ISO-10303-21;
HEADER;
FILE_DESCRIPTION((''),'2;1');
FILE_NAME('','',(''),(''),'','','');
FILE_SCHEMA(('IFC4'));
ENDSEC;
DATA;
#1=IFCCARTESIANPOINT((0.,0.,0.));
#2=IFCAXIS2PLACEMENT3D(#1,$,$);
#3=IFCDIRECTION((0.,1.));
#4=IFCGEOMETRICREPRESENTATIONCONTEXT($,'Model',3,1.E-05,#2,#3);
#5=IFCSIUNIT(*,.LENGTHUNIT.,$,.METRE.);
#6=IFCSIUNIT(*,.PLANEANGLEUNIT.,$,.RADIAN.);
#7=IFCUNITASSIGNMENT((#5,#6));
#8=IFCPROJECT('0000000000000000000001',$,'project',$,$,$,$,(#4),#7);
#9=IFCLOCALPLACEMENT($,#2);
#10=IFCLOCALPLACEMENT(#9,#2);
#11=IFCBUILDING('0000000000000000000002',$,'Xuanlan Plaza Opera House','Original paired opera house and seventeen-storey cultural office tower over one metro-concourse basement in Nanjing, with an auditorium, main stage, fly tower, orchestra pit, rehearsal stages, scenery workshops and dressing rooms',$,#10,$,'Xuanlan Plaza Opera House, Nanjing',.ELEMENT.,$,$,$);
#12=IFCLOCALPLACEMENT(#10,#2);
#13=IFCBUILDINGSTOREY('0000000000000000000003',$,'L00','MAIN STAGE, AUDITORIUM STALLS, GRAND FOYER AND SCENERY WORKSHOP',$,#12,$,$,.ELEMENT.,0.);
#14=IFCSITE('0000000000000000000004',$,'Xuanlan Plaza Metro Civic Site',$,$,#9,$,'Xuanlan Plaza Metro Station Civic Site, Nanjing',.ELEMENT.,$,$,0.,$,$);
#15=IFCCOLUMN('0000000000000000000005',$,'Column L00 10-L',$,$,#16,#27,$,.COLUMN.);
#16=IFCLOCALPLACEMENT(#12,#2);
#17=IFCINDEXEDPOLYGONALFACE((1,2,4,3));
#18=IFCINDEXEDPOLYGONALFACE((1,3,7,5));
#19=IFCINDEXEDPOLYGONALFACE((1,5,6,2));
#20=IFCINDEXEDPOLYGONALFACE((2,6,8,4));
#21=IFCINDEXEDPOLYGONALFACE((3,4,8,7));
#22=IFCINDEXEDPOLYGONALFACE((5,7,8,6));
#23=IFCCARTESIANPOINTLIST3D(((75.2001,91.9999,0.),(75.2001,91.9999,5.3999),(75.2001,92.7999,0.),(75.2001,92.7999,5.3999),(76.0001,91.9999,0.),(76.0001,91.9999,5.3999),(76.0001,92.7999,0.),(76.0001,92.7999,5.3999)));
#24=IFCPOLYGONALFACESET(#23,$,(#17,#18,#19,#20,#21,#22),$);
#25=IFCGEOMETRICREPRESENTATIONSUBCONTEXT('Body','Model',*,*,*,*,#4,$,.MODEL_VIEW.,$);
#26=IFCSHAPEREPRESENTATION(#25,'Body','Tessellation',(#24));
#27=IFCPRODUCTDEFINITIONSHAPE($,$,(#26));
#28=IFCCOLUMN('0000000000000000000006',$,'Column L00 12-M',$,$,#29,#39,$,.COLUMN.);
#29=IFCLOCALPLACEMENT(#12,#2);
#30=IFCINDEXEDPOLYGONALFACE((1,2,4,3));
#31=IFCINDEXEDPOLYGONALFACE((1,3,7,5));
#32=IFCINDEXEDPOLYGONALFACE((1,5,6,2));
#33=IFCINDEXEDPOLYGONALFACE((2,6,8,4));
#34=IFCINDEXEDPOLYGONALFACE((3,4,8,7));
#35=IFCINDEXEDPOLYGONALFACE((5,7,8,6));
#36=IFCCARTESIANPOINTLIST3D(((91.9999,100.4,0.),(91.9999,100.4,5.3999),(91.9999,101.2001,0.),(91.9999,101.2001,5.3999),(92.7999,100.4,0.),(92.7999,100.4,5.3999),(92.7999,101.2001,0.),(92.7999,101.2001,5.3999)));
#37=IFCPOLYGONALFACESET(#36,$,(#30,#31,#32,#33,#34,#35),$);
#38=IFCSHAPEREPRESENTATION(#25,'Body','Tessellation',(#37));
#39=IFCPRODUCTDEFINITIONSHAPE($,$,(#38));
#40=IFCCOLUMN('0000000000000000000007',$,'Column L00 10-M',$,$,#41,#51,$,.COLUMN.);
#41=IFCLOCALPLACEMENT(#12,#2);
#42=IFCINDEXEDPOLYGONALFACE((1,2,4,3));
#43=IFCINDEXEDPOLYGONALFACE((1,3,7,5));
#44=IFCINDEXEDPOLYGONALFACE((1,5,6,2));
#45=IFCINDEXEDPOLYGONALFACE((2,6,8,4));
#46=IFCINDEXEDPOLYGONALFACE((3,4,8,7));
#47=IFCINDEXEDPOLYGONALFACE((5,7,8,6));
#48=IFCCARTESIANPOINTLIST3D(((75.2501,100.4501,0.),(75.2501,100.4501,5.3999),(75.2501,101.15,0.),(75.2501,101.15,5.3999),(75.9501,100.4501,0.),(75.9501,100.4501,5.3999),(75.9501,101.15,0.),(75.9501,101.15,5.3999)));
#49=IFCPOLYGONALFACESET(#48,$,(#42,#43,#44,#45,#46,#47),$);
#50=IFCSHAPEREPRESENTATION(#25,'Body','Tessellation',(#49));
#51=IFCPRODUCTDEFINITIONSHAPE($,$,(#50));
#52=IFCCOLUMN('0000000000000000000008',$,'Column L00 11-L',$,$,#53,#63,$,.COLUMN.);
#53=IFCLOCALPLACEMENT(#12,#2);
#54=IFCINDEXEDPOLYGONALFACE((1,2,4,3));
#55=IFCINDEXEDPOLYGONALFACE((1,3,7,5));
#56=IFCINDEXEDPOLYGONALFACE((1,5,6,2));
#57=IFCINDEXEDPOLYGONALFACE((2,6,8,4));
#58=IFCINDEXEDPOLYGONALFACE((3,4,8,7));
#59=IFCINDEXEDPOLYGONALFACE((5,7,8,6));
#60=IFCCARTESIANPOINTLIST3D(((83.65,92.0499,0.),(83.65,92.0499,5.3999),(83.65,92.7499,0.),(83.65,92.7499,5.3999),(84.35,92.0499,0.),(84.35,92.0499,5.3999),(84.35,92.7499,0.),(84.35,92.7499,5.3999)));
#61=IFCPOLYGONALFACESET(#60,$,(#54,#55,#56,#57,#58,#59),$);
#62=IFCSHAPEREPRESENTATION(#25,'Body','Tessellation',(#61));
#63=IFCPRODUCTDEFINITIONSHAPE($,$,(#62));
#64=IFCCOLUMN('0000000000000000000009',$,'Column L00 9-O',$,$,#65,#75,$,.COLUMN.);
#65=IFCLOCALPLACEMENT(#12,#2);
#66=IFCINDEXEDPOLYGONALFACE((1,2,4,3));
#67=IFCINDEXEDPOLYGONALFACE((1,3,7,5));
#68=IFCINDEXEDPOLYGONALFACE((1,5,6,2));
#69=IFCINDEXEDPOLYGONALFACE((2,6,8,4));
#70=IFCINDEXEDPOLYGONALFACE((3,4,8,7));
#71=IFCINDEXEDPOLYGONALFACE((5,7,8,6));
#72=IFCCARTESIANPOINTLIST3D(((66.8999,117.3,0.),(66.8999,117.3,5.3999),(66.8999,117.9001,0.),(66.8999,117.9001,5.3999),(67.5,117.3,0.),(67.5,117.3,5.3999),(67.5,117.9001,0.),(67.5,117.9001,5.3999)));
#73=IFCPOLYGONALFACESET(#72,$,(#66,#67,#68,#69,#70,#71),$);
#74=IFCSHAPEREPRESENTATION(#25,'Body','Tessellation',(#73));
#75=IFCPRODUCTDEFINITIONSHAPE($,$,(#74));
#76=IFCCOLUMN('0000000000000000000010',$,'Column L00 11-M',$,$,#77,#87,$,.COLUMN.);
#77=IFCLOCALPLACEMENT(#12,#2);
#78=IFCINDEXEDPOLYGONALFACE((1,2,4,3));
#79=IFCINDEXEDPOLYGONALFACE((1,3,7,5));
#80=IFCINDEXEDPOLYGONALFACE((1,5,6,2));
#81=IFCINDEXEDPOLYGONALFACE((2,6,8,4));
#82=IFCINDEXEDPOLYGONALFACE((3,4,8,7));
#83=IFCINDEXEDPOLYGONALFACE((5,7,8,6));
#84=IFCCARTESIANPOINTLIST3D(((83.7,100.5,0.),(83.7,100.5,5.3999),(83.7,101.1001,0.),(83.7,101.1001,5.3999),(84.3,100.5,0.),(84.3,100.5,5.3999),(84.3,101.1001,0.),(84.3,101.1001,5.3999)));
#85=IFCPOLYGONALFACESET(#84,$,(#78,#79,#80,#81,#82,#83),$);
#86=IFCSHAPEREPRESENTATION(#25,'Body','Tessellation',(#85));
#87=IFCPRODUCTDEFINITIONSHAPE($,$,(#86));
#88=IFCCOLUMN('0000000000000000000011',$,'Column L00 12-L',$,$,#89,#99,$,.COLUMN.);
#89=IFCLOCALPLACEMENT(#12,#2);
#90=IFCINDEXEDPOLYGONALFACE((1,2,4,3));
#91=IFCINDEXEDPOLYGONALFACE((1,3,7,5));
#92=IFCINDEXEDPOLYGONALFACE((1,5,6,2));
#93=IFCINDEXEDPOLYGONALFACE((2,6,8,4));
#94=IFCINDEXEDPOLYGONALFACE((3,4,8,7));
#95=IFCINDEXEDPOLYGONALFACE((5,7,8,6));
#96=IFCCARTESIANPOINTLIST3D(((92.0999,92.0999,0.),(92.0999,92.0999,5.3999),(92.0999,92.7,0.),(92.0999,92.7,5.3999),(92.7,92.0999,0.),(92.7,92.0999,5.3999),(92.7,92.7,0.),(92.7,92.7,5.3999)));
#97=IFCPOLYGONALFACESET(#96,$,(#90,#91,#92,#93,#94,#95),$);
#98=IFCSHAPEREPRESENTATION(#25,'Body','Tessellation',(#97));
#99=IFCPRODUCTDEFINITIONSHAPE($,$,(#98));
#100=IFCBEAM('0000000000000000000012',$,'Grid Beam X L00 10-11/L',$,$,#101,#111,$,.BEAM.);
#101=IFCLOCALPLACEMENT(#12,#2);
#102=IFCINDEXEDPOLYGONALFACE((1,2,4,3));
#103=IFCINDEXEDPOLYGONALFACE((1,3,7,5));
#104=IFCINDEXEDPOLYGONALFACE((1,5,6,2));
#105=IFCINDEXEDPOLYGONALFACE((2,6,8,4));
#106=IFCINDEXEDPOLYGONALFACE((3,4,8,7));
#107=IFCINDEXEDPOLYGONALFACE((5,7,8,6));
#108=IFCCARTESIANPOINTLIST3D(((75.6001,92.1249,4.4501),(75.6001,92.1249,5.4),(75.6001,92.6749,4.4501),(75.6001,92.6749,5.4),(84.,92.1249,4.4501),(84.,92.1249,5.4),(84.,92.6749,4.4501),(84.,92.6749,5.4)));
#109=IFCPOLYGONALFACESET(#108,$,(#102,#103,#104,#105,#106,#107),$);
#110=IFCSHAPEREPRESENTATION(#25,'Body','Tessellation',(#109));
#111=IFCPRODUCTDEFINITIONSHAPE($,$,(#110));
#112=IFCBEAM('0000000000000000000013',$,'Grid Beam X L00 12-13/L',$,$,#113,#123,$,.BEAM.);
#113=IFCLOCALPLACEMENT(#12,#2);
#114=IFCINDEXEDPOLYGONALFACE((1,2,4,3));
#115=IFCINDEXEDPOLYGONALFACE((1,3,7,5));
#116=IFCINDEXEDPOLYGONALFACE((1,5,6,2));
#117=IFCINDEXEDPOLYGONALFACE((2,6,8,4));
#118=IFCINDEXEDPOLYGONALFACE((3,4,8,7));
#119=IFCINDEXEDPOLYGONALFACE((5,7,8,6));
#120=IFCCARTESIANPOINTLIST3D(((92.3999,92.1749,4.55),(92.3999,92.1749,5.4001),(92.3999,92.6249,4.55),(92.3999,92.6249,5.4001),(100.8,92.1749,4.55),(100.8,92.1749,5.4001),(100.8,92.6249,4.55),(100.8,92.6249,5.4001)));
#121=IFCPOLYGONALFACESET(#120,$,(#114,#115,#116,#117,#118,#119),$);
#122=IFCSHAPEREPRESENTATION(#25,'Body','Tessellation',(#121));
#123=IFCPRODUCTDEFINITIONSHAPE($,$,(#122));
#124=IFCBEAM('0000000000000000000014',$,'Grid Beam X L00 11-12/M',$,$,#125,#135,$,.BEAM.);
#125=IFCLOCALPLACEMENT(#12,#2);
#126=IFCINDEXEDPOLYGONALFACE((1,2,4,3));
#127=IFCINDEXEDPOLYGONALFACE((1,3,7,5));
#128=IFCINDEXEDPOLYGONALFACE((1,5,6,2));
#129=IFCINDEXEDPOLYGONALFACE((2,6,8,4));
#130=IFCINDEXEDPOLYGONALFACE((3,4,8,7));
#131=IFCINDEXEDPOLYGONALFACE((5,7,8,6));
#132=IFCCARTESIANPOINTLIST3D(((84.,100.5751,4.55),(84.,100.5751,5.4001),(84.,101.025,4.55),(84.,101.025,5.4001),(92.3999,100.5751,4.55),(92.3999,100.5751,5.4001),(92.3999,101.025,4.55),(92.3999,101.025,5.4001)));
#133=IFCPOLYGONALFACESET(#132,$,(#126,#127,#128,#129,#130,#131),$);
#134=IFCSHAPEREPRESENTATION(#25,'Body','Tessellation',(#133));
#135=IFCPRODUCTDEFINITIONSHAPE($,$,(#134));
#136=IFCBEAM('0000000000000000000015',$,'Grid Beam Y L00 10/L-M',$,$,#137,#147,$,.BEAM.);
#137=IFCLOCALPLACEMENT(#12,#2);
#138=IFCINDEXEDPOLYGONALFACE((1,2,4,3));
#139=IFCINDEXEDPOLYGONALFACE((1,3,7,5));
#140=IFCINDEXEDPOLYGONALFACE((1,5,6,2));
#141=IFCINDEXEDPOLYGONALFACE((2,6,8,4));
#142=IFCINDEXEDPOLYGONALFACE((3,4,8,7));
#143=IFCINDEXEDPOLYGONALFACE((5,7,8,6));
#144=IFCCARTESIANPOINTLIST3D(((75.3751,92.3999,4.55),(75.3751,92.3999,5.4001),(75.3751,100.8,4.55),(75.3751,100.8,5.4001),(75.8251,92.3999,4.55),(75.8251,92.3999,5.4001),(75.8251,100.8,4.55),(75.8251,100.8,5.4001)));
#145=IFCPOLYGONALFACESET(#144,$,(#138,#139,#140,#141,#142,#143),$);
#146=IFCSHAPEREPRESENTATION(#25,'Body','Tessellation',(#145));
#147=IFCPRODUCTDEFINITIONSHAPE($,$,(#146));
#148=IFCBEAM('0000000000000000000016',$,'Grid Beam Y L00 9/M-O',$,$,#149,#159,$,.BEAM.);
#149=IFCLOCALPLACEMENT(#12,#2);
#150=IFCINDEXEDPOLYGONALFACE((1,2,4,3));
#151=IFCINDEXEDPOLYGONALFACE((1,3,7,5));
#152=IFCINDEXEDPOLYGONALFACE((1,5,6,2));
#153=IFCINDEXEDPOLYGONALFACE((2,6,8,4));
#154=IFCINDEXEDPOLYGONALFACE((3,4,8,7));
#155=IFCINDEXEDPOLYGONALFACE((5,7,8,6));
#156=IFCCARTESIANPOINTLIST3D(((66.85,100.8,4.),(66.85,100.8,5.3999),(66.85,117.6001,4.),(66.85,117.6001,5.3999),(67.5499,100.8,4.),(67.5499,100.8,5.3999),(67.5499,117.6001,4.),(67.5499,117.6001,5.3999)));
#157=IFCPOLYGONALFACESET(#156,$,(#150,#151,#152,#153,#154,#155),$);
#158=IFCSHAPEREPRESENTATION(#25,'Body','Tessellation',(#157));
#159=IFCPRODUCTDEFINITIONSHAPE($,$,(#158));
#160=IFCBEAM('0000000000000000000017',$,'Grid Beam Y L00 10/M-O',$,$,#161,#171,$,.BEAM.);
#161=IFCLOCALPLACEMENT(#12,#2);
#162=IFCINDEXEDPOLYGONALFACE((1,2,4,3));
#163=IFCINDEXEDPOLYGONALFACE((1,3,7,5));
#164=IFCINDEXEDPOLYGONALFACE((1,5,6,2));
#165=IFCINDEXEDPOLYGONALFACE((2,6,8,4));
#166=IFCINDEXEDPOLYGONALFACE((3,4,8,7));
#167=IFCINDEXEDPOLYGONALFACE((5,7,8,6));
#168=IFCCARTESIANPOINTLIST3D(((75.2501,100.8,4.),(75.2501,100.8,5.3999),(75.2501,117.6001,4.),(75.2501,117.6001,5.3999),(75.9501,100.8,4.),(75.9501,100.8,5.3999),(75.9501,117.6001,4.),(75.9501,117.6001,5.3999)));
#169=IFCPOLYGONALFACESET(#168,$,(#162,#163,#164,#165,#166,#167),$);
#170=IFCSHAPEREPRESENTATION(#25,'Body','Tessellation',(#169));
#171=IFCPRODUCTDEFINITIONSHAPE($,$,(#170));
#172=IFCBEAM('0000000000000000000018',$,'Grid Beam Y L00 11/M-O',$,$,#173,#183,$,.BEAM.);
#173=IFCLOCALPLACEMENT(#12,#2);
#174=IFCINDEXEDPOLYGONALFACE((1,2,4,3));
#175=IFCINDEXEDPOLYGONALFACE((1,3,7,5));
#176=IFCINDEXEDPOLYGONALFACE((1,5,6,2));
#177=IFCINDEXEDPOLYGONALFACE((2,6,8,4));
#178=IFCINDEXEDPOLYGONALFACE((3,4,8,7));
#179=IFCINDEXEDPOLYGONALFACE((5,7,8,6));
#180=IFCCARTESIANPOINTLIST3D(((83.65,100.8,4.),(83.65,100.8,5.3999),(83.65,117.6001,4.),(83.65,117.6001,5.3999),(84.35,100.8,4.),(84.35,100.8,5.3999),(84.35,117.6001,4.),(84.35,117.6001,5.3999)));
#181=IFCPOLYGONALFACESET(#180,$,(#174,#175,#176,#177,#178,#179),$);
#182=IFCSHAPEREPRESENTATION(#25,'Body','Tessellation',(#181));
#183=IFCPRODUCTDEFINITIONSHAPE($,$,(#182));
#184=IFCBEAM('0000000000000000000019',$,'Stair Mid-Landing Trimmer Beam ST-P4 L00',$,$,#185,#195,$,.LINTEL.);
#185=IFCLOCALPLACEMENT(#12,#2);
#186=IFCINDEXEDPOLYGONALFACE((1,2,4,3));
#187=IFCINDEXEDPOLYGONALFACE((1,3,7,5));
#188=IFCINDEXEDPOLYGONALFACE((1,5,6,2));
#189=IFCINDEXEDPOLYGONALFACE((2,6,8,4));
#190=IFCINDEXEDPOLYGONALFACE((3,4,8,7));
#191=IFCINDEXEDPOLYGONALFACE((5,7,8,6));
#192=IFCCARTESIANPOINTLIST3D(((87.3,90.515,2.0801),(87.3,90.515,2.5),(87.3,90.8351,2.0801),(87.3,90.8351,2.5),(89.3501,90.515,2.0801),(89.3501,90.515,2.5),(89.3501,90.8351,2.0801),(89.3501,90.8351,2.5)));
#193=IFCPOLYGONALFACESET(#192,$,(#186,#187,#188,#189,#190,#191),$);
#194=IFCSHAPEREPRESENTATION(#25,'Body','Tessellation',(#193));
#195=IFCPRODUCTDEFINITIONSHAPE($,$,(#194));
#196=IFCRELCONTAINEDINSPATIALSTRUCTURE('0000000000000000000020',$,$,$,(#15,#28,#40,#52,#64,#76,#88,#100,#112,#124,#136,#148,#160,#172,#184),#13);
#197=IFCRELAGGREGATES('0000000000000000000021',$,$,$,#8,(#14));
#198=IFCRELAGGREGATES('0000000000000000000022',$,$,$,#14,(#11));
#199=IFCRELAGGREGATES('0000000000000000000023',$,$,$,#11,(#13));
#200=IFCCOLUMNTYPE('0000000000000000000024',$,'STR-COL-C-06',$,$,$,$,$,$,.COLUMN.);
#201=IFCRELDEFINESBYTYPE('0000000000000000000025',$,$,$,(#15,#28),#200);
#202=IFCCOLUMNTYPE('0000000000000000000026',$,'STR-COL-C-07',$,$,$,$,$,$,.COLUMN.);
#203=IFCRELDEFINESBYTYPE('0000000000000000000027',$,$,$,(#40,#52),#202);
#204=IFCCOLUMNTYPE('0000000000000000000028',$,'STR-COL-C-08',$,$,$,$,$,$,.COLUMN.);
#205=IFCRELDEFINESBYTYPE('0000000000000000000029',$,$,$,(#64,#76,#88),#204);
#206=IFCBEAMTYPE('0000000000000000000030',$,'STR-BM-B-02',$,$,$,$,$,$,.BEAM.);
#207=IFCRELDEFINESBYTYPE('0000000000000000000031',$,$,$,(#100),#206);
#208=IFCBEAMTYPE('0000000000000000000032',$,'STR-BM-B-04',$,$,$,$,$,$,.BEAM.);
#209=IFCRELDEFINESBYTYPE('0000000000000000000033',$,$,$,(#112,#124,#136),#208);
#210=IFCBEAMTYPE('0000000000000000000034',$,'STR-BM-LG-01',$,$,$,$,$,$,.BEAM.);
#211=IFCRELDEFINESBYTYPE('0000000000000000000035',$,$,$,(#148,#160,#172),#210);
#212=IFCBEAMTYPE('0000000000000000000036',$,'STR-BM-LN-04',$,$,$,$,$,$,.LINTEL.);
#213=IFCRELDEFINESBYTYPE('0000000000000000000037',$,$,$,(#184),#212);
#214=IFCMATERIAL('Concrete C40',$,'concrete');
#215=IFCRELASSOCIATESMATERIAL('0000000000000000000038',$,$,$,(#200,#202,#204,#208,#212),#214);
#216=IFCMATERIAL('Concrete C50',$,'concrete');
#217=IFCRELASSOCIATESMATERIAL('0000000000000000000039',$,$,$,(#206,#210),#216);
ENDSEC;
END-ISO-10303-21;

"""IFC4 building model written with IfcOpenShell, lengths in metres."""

from ifc_helpers import new_model, si_unit, direction, frame, origin, origin_2d, place, context, subcontext, project, spatial, rectangle, extrude, material, material_profile, profile_set, type_object, element, save


model = new_model("IFC4")

# Units and contexts
model_context = context("Model", 3, precision=1e-05, world=origin(), true_north=direction((0.0, 1.0)))
body_context = subcontext(model_context, "Body", "Model", "MODEL_VIEW")
ifc_project = project(units=[si_unit("LENGTHUNIT", "METRE"), si_unit("PLANEANGLEUNIT", "RADIAN")], contexts=[model_context])

# Site, building, storey
site_placement = place(None, origin())
site = spatial("IfcSite", under=ifc_project, at=site_placement, Name="Xuanlan Plaza Metro Civic Site", LongName="Xuanlan Plaza Metro Station Civic Site, Nanjing", CompositionType="ELEMENT", RefElevation=0.0)
building_placement = place(site_placement, origin())
building = spatial("IfcBuilding", under=site, at=building_placement, Name="Xuanlan Plaza Opera House", Description="Original paired opera house and seventeen-storey cultural office tower over one metro-concourse basement in Nanjing, with an auditorium, main stage, fly tower, orchestra pit, rehearsal stages, scenery workshops and dressing rooms", LongName="Xuanlan Plaza Opera House, Nanjing", CompositionType="ELEMENT")
storey_placement = place(building_placement, origin())
storey = spatial("IfcBuildingStorey", under=building, at=storey_placement, Name="L00", Description="MAIN STAGE, AUDITORIUM STALLS, GRAND FOYER AND SCENERY WORKSHOP", CompositionType="ELEMENT", Elevation=0.0)

# Columns
ifc_material_1 = material(Name="Concrete C40", Category="concrete")
ifc_material_profile_1 = material_profile(ifc_material_1, rectangle(XDim=0.8, YDim=0.8, at=origin_2d()), Name="RC-COL 800x800")
ifc_profile_set_1 = profile_set([ifc_material_profile_1], Name="Concrete C40")
column_type_1 = type_object("IfcColumnType", Name="STR-COL-C-06", PredefinedType="COLUMN", material=ifc_profile_set_1)
for number, where, z_axis, x_axis, name in (
    (1, (75.6001, 92.3999, 0.0), (0.0, 0.0, 1.0), (1.0, 0.0, 0.0), "Column L00 10-L"),
    (2, (92.3999, 100.8, 0.0), (0.0, 0.0, 1.0), (1.0, 0.0, 0.0), "Column L00 12-M"),
):
    element("IfcColumn", number, at=place(storey_placement, frame(where, z_axis=z_axis, x_axis=x_axis)), inside=storey, type_object=column_type_1, Name=name, PredefinedType="COLUMN", context=body_context, shape_type="SweptSolid", body=[
        extrude(rectangle(XDim=0.8, YDim=0.8, at=origin_2d()), origin(), (0.0, 0.0, 1.0), 5.3999),
    ])
ifc_material_profile_2 = material_profile(ifc_material_1, rectangle(XDim=0.7, YDim=0.7, at=origin_2d()), Name="RC-COL 700x700")
ifc_profile_set_2 = profile_set([ifc_material_profile_2], Name="Concrete C40")
column_type_2 = type_object("IfcColumnType", Name="STR-COL-C-07", PredefinedType="COLUMN", material=ifc_profile_set_2)
for number, where, z_axis, x_axis, name in (
    (3, (75.6001, 100.8, 0.0), (0.0, 0.0, 1.0), (1.0, 0.0, 0.0), "Column L00 10-M"),
    (4, (84.0, 92.3999, 0.0), (0.0, 0.0, 1.0), (1.0, 0.0, 0.0), "Column L00 11-L"),
):
    element("IfcColumn", number, at=place(storey_placement, frame(where, z_axis=z_axis, x_axis=x_axis)), inside=storey, type_object=column_type_2, Name=name, PredefinedType="COLUMN", context=body_context, shape_type="SweptSolid", body=[
        extrude(rectangle(XDim=0.7, YDim=0.7, at=origin_2d()), origin(), (0.0, 0.0, 1.0), 5.3999),
    ])
ifc_material_profile_3 = material_profile(ifc_material_1, rectangle(XDim=0.6001, YDim=0.6001, at=origin_2d()), Name="RC-COL 600x600")
ifc_profile_set_3 = profile_set([ifc_material_profile_3], Name="Concrete C40")
column_type_3 = type_object("IfcColumnType", Name="STR-COL-C-08", PredefinedType="COLUMN", material=ifc_profile_set_3)
for number, where, z_axis, x_axis, name in (
    (5, (67.2, 117.6001, 0.0), (0.0, 0.0, 1.0), (1.0, 0.0, 0.0), "Column L00 9-O"),
    (6, (84.0, 100.8, 0.0), (0.0, 0.0, 1.0), (1.0, 0.0, 0.0), "Column L00 11-M"),
    (7, (92.3999, 92.3999, 0.0), (0.0, 0.0, 1.0), (1.0, 0.0, 0.0), "Column L00 12-L"),
):
    element("IfcColumn", number, at=place(storey_placement, frame(where, z_axis=z_axis, x_axis=x_axis)), inside=storey, type_object=column_type_3, Name=name, PredefinedType="COLUMN", context=body_context, shape_type="SweptSolid", body=[
        extrude(rectangle(XDim=0.6001, YDim=0.6001, at=origin_2d()), origin(), (0.0, 0.0, 1.0), 5.3999),
    ])

# Beams
ifc_material_2 = material(Name="Concrete C50", Category="concrete")
ifc_material_profile_4 = material_profile(ifc_material_2, rectangle(XDim=0.55, YDim=0.95, at=origin_2d()), Name="RC-BM 550x950")
ifc_profile_set_4 = profile_set([ifc_material_profile_4], Name="Concrete C50")
beam_type_1 = type_object("IfcBeamType", Name="STR-BM-B-02", PredefinedType="BEAM", material=ifc_profile_set_4)
beam_1_placement = place(storey_placement, frame((75.6001, 92.3999, 4.925), z_axis=(1.0, 0.0, 0.0), x_axis=(0.0, 1.0, 0.0)))
element("IfcBeam", 8, at=beam_1_placement, inside=storey, type_object=beam_type_1, Name="Grid Beam X L00 10-11/L", PredefinedType="BEAM", context=body_context, shape_type="SweptSolid", body=[
    extrude(rectangle(XDim=0.55, YDim=0.95, at=origin_2d()), origin(), (0.0, 0.0, 1.0), 8.3999),
])
ifc_material_profile_5 = material_profile(ifc_material_1, rectangle(XDim=0.45, YDim=0.8501, at=origin_2d()), Name="RC-BM 450x850")
ifc_profile_set_5 = profile_set([ifc_material_profile_5], Name="Concrete C40")
beam_type_2 = type_object("IfcBeamType", Name="STR-BM-B-04", PredefinedType="BEAM", material=ifc_profile_set_5)
beam_2_placement = place(storey_placement, frame((92.3999, 92.3999, 4.9751), z_axis=(1.0, 0.0, 0.0), x_axis=(0.0, 1.0, 0.0)))
element("IfcBeam", 9, at=beam_2_placement, inside=storey, type_object=beam_type_2, Name="Grid Beam X L00 12-13/L", PredefinedType="BEAM", context=body_context, shape_type="SweptSolid", body=[
    extrude(rectangle(XDim=0.45, YDim=0.8501, at=origin_2d()), origin(), (0.0, 0.0, 1.0), 8.4001),
])
beam_3_placement = place(storey_placement, frame((84.0, 100.8, 4.9751), z_axis=(1.0, 0.0, 0.0), x_axis=(0.0, 1.0, 0.0)))
element("IfcBeam", 10, at=beam_3_placement, inside=storey, type_object=beam_type_2, Name="Grid Beam X L00 11-12/M", PredefinedType="BEAM", context=body_context, shape_type="SweptSolid", body=[
    extrude(rectangle(XDim=0.45, YDim=0.8501, at=origin_2d()), origin(), (0.0, 0.0, 1.0), 8.3999),
])
beam_4_placement = place(storey_placement, frame((75.6001, 92.3999, 4.9751), z_axis=(0.0, 1.0, 0.0), x_axis=(-1.0, 0.0, 0.0)))
element("IfcBeam", 11, at=beam_4_placement, inside=storey, type_object=beam_type_2, Name="Grid Beam Y L00 10/L-M", PredefinedType="BEAM", context=body_context, shape_type="SweptSolid", body=[
    extrude(rectangle(XDim=0.45, YDim=0.8501, at=origin_2d()), origin(), (0.0, 0.0, 1.0), 8.4001),
])
ifc_material_profile_6 = material_profile(ifc_material_2, rectangle(XDim=0.7, YDim=1.3999, at=origin_2d()), Name="RC-LG 700x1400")
ifc_profile_set_6 = profile_set([ifc_material_profile_6], Name="Concrete C50")
beam_type_3 = type_object("IfcBeamType", Name="STR-BM-LG-01", PredefinedType="BEAM", material=ifc_profile_set_6)
for number, where, z_axis, x_axis, name in (
    (12, (67.2, 100.8, 4.7), (0.0, 1.0, 0.0), (-1.0, 0.0, 0.0), "Grid Beam Y L00 9/M-O"),
    (13, (75.6001, 100.8, 4.7), (0.0, 1.0, 0.0), (-1.0, 0.0, 0.0), "Grid Beam Y L00 10/M-O"),
    (14, (84.0, 100.8, 4.7), (0.0, 1.0, 0.0), (-1.0, 0.0, 0.0), "Grid Beam Y L00 11/M-O"),
):
    element("IfcBeam", number, at=place(storey_placement, frame(where, z_axis=z_axis, x_axis=x_axis)), inside=storey, type_object=beam_type_3, Name=name, PredefinedType="BEAM", context=body_context, shape_type="SweptSolid", body=[
        extrude(rectangle(XDim=0.7, YDim=1.3999, at=origin_2d()), origin(), (0.0, 0.0, 1.0), 16.8),
    ])
ifc_material_profile_7 = material_profile(ifc_material_1, rectangle(XDim=0.3201, YDim=0.4199, at=origin_2d()), Name="RC-LNT 320x420")
ifc_profile_set_7 = profile_set([ifc_material_profile_7], Name="Concrete C40")
beam_type_4 = type_object("IfcBeamType", Name="STR-BM-LN-04", PredefinedType="LINTEL", material=ifc_profile_set_7)
beam_5_placement = place(storey_placement, frame((87.3, 90.675, 2.29), z_axis=(1.0, 0.0, 0.0), x_axis=(0.0, 1.0, 0.0)))
element("IfcBeam", 15, at=beam_5_placement, inside=storey, type_object=beam_type_4, Name="Stair Mid-Landing Trimmer Beam ST-P4 L00", PredefinedType="LINTEL", context=body_context, shape_type="SweptSolid", body=[
    extrude(rectangle(XDim=0.3201, YDim=0.4199, at=origin_2d()), origin(), (0.0, 0.0, 1.0), 2.05),
])

save(model, "model.ifc")
